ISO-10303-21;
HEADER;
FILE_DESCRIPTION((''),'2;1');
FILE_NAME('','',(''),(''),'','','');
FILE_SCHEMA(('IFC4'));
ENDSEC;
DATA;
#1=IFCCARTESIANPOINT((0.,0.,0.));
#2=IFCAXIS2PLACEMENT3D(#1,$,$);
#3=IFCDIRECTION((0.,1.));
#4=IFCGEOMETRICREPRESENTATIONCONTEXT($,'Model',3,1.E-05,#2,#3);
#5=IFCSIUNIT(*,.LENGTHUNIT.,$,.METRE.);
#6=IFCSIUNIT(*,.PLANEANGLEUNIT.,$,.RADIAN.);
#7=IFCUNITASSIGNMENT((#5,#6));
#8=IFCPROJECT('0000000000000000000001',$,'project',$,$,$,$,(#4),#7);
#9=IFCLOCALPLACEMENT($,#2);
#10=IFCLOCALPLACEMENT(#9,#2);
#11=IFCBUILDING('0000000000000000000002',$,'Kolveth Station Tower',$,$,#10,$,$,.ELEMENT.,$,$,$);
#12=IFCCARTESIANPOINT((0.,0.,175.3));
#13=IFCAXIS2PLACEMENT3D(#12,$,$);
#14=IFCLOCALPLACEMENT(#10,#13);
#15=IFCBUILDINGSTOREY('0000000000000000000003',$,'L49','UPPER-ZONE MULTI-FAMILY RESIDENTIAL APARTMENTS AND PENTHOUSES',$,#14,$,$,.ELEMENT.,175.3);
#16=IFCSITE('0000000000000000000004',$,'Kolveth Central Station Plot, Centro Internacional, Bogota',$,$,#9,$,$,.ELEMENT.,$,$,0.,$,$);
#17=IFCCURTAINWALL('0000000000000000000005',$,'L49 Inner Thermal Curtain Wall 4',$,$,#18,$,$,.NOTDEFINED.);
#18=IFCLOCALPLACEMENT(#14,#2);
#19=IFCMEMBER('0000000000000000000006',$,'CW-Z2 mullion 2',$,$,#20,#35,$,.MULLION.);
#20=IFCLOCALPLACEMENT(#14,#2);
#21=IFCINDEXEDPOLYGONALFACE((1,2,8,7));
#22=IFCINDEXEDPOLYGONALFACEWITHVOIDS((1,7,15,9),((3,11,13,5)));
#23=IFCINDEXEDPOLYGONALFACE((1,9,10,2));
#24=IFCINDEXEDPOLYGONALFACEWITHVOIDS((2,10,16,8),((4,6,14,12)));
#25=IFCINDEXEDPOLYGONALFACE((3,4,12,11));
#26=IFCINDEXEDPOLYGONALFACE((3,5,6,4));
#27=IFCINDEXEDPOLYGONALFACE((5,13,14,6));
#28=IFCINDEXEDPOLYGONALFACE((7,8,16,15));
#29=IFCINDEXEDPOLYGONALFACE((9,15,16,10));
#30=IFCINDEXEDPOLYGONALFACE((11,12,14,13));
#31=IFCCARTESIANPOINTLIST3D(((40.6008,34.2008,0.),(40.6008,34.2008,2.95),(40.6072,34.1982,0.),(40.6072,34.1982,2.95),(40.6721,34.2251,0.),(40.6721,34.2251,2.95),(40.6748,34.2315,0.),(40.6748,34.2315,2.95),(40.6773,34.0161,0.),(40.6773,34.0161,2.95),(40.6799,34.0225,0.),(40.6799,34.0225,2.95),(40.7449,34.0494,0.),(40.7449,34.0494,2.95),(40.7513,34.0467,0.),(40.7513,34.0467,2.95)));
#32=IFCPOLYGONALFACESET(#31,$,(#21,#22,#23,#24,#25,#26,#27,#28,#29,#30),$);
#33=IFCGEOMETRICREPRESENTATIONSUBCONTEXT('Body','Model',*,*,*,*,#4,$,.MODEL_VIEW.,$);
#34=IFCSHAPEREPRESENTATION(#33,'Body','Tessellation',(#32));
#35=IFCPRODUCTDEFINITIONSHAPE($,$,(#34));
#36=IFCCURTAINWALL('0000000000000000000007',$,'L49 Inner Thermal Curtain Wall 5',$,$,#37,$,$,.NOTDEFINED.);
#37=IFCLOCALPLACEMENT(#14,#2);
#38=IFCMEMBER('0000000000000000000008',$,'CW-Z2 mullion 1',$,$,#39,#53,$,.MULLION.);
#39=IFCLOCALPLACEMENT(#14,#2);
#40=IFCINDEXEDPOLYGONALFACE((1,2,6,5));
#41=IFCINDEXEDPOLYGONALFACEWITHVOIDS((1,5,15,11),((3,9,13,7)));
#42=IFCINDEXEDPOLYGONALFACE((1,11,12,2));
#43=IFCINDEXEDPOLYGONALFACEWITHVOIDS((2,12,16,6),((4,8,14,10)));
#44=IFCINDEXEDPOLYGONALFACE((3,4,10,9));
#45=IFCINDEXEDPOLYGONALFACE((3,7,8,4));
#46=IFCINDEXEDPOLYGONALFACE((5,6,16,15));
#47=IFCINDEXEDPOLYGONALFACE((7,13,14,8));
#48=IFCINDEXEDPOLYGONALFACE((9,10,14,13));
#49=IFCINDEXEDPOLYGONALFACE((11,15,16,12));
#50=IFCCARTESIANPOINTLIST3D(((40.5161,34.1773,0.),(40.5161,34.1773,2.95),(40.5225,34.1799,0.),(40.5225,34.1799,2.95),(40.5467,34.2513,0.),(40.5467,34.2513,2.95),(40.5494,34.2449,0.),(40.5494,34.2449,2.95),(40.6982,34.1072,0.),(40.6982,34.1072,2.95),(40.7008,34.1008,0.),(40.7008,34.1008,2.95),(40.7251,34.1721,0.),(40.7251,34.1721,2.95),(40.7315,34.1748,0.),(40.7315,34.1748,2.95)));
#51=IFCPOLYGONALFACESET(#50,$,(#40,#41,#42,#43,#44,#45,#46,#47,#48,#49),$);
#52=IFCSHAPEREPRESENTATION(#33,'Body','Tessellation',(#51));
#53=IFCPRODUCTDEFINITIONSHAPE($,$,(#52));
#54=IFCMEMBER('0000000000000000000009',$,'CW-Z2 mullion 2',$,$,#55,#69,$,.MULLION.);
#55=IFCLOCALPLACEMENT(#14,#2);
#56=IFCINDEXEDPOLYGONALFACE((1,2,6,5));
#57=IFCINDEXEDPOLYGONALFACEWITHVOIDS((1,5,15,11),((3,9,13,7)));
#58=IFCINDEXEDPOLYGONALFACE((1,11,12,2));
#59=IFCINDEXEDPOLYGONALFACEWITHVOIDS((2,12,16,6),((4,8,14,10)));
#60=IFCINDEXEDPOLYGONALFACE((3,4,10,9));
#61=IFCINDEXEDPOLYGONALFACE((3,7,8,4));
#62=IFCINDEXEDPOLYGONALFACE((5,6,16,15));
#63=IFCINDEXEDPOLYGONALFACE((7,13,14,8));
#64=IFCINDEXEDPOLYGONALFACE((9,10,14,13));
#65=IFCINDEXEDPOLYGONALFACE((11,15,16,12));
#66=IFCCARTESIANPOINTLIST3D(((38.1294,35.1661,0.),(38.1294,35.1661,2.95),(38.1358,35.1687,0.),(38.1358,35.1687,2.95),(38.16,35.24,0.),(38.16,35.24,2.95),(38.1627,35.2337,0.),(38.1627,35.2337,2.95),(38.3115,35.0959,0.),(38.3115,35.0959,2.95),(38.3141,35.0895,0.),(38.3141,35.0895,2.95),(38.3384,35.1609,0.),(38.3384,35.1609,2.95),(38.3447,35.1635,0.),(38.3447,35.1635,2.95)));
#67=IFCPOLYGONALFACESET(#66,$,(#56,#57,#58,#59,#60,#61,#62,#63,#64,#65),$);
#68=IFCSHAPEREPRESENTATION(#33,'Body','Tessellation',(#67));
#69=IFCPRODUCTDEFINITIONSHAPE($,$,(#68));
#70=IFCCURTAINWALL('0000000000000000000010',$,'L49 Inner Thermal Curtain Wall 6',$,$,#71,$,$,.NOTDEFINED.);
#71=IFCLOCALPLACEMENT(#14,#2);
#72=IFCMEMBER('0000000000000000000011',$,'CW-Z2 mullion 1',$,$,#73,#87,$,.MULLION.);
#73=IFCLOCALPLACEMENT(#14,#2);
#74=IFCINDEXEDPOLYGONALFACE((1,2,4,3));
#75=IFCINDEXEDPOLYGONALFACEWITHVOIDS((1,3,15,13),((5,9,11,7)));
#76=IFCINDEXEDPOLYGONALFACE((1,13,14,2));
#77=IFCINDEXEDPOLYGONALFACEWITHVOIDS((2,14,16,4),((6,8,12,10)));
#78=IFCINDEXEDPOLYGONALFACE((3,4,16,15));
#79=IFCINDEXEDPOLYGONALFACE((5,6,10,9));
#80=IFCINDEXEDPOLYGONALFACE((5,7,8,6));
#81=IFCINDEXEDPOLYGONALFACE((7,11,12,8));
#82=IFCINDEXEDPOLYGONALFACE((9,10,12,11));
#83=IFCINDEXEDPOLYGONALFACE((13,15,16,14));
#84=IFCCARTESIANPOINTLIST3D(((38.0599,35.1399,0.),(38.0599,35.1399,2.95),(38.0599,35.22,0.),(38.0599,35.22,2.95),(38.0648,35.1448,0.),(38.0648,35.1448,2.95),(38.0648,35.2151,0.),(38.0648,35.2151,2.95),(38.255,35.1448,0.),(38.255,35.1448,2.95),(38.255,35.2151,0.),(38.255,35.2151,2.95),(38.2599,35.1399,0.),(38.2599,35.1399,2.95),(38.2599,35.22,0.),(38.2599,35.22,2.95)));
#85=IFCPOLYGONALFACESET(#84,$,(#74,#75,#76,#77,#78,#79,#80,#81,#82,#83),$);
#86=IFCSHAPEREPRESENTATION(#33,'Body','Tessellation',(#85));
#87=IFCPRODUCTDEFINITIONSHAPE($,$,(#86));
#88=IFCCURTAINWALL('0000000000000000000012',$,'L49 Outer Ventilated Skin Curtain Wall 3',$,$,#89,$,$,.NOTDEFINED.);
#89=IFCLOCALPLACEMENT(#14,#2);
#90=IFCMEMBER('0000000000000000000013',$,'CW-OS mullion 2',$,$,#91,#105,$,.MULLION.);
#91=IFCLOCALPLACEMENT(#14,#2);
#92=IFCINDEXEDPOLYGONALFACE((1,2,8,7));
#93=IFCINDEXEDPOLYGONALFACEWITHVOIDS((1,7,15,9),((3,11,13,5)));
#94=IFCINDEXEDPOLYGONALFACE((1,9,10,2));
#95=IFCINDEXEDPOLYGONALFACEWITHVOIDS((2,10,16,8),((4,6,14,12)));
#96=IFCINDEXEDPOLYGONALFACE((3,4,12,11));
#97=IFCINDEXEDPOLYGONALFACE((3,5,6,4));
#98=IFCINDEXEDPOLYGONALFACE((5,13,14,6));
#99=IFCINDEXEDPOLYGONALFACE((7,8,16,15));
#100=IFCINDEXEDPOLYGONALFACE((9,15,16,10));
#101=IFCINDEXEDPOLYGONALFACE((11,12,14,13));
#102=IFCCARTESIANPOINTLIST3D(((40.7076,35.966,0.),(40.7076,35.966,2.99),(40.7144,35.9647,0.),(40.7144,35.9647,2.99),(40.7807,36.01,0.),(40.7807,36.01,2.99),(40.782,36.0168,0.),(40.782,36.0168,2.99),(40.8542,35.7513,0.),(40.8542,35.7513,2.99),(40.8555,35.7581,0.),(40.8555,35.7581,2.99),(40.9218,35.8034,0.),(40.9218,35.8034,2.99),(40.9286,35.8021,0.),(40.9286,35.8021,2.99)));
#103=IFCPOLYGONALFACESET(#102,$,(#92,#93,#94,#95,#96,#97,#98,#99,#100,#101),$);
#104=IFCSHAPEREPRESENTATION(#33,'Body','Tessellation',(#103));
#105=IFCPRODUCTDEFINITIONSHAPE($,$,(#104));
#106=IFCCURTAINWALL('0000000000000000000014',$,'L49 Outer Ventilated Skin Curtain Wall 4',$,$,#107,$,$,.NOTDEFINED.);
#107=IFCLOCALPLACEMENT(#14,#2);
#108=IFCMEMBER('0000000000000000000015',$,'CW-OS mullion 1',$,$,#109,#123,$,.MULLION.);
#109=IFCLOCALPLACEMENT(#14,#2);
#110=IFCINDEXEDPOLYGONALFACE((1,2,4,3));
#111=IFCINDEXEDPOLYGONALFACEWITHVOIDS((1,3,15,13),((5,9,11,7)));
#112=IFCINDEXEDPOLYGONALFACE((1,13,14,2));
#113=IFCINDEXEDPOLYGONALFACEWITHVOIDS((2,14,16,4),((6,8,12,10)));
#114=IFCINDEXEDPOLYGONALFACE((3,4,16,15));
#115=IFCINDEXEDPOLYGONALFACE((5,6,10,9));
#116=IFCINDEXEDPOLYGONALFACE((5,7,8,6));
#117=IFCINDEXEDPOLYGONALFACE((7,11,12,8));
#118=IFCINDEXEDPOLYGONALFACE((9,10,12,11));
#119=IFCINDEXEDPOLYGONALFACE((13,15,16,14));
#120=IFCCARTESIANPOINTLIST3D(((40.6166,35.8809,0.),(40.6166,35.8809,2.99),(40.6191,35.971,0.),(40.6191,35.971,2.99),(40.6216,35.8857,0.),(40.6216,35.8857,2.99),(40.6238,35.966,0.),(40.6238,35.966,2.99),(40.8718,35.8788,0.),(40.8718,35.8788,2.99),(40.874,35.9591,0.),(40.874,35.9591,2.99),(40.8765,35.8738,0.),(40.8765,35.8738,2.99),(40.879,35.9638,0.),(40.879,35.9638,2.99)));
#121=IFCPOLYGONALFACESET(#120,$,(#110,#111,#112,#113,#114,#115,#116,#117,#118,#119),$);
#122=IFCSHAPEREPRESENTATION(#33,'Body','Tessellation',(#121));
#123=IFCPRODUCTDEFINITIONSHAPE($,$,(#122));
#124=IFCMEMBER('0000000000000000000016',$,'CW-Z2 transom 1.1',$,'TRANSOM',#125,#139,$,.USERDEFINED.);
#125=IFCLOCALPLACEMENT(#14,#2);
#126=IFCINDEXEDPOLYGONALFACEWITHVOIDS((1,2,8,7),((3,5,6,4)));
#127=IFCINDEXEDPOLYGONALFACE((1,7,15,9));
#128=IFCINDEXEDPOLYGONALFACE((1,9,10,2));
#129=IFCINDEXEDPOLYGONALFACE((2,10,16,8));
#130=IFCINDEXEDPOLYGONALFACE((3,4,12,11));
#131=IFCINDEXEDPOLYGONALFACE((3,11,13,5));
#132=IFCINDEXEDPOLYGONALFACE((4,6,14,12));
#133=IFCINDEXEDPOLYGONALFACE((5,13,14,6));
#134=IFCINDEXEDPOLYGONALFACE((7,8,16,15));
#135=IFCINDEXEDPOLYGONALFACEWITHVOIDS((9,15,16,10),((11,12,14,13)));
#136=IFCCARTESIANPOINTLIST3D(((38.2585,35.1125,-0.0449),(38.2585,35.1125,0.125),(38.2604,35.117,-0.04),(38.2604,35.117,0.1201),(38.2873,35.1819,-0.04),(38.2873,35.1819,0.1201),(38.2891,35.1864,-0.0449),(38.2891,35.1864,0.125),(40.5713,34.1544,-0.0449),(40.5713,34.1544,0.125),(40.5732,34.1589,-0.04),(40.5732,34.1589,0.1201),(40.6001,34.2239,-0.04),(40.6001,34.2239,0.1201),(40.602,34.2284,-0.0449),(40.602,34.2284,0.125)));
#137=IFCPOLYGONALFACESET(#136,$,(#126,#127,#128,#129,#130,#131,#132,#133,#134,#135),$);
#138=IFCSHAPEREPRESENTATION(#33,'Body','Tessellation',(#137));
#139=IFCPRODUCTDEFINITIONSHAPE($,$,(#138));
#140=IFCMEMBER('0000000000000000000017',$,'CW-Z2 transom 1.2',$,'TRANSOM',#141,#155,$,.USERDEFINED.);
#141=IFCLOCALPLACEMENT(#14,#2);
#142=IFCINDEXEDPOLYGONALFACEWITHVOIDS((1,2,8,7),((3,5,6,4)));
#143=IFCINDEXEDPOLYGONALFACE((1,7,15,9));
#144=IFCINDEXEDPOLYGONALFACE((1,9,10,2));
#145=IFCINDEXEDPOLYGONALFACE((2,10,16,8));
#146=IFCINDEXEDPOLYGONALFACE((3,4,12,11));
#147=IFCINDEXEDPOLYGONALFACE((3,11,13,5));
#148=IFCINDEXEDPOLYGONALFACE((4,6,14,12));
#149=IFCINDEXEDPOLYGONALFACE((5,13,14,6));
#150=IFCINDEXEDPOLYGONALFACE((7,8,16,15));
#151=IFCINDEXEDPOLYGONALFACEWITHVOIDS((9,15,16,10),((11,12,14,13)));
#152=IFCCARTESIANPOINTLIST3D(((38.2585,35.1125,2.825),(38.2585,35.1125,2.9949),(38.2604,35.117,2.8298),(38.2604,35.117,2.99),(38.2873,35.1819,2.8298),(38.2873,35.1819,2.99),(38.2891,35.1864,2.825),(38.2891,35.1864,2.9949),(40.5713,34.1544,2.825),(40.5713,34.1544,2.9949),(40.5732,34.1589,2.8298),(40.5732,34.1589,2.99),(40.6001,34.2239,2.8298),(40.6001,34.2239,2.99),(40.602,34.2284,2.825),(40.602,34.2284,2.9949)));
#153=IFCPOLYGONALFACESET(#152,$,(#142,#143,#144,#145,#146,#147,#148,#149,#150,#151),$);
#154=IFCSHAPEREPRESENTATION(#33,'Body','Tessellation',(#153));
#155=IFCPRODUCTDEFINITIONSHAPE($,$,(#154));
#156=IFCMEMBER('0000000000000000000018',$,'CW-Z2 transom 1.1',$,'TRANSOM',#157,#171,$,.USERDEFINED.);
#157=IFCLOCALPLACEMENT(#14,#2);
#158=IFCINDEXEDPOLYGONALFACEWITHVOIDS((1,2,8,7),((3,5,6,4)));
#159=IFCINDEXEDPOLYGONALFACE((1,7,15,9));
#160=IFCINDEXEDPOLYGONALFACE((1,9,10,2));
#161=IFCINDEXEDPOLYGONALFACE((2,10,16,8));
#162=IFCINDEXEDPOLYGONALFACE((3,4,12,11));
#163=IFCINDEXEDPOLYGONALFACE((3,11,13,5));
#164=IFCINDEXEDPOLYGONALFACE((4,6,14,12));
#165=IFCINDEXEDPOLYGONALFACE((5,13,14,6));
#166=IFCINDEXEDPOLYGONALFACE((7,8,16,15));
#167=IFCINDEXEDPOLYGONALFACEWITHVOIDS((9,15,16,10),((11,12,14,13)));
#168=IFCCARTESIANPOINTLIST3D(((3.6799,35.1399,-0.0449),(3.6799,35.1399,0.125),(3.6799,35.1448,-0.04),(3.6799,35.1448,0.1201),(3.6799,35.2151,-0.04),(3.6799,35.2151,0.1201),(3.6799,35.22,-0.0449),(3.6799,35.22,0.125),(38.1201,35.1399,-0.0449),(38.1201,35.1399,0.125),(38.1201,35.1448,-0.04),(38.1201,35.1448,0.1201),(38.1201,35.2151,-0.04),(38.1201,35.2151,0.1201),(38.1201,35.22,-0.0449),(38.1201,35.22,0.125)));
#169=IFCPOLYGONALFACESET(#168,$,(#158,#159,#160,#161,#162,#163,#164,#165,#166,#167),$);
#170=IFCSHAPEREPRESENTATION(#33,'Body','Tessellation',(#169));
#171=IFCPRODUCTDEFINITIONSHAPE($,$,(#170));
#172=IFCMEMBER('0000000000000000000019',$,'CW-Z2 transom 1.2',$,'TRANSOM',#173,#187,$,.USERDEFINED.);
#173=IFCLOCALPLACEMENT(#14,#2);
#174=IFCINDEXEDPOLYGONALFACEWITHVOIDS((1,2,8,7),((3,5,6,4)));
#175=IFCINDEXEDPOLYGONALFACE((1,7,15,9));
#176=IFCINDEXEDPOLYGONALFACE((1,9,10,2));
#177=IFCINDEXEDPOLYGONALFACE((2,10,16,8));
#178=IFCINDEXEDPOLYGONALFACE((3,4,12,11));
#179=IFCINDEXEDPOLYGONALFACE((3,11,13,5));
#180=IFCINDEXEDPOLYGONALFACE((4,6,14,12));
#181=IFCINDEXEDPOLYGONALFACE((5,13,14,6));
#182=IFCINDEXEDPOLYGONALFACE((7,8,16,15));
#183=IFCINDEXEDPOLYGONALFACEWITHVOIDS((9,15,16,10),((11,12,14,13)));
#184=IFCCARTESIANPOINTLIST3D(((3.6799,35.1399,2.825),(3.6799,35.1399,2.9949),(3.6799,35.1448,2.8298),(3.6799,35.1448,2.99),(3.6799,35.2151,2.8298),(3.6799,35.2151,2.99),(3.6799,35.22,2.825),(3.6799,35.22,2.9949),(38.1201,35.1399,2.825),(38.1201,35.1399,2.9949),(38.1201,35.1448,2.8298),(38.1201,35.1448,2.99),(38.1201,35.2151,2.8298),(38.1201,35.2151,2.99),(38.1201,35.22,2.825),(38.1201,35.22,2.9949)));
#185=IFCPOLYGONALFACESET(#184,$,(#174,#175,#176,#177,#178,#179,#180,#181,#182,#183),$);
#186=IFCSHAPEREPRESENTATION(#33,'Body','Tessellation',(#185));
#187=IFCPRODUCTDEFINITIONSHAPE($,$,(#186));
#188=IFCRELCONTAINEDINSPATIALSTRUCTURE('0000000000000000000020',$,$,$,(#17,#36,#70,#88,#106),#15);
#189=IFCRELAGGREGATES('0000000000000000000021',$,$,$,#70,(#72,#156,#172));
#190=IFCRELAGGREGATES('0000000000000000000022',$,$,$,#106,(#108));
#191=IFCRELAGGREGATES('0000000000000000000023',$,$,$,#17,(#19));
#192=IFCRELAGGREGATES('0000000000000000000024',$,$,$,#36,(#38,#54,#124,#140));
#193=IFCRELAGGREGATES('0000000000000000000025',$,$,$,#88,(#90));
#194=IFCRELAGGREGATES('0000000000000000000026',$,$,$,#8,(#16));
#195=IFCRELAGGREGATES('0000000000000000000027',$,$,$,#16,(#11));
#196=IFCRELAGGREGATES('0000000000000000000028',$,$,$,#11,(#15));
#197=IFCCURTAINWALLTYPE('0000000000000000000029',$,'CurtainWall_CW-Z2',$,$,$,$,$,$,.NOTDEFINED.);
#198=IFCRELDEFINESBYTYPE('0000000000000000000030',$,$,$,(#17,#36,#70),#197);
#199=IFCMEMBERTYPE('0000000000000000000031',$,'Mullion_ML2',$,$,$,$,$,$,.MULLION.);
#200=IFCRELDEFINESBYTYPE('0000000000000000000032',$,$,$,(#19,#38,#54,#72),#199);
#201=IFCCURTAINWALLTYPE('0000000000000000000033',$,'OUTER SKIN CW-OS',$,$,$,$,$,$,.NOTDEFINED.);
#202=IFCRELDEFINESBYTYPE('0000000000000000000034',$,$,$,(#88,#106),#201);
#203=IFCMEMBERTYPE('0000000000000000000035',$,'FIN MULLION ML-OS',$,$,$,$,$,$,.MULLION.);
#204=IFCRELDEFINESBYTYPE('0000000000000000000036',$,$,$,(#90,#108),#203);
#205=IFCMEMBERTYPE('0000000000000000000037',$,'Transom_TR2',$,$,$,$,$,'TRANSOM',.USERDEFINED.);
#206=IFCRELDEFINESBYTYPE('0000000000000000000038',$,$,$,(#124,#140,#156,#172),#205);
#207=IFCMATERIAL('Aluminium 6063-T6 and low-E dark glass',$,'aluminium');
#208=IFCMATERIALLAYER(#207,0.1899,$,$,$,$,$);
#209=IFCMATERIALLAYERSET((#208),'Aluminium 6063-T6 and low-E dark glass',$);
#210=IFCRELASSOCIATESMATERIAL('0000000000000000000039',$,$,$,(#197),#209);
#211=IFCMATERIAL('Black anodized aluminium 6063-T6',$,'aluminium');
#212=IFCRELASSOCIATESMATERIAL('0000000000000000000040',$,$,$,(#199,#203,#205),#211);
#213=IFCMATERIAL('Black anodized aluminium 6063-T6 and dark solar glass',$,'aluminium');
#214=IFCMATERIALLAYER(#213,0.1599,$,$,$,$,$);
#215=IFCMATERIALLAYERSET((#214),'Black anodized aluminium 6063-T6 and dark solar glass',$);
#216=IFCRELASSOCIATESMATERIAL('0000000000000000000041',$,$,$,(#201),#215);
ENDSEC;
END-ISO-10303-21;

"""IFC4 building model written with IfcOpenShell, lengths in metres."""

from ifc_helpers import new_model, si_unit, direction, frame, origin, origin_2d, place, context, subcontext, project, spatial, hollow_rectangle, extrude, source, transform, mapped, material, layer, layer_set, material_profile, profile_set, type_object, element, aggregate, save


model = new_model("IFC4")

# Units and contexts
model_context = context("Model", 3, precision=1e-05, world=origin(), true_north=direction((0.0, 1.0)))
body_context = subcontext(model_context, "Body", "Model", "MODEL_VIEW")
ifc_project = project(units=[si_unit("LENGTHUNIT", "METRE"), si_unit("PLANEANGLEUNIT", "RADIAN")], contexts=[model_context])

# Site, building, storey
site_placement = place(None, origin())
site = spatial("IfcSite", under=ifc_project, at=site_placement, Name="Kolveth Central Station Plot, Centro Internacional, Bogota", CompositionType="ELEMENT", RefElevation=0.0)
building_placement = place(site_placement, origin())
building = spatial("IfcBuilding", under=site, at=building_placement, Name="Kolveth Station Tower", CompositionType="ELEMENT")
storey_placement = place(building_placement, frame((0.0, 0.0, 175.3)))
storey = spatial("IfcBuildingStorey", under=building, at=storey_placement, Name="L49", Description="UPPER-ZONE MULTI-FAMILY RESIDENTIAL APARTMENTS AND PENTHOUSES", CompositionType="ELEMENT", Elevation=175.3)

# Curtain wall, member
ifc_material_1 = material(Name="Aluminium 6063-T6 and low-E dark glass", Category="aluminium")
ifc_layer_1 = layer(ifc_material_1, 0.1899)
ifc_layer_set_1 = layer_set([ifc_layer_1], Name="Aluminium 6063-T6 and low-E dark glass")
curtain_wall_type_1 = type_object("IfcCurtainWallType", Name="CurtainWall_CW-Z2", PredefinedType="NOTDEFINED", material=ifc_layer_set_1)
curtain_wall_1_placement = place(storey_placement, origin())
curtain_wall_1 = element("IfcCurtainWall", 1, at=curtain_wall_1_placement, inside=storey, type_object=curtain_wall_type_1, Name="L49 Inner Thermal Curtain Wall 4", PredefinedType="NOTDEFINED")
ifc_material_2 = material(Name="Black anodized aluminium 6063-T6", Category="aluminium")
ifc_material_profile_1 = material_profile(ifc_material_2, hollow_rectangle(XDim=0.0801, YDim=0.2, WallThickness=0.0049, at=origin_2d()), Name="ALU-80x200x5")
ifc_profile_set_1 = profile_set([ifc_material_profile_1], Name="Black anodized aluminium 6063-T6")
member_type_1 = type_object("IfcMemberType", Name="Mullion_ML2", PredefinedType="MULLION", material=ifc_profile_set_1)
shared_shape_1 = source(origin(), body_context, "Body", "SweptSolid", [
    extrude(hollow_rectangle(XDim=0.0801, YDim=0.2, WallThickness=0.0049, at=origin_2d()), origin(), (0.0, 0.0, 1.0), 2.95),
])
member_1_placement = place(storey_placement, frame((40.676, 34.1238, 0.0), z_axis=(0.0, 0.0, 1.0), x_axis=(-0.923874, -0.382698, 0.0)))
member_1 = element("IfcMember", 2, at=member_1_placement, type_object=member_type_1, Name="CW-Z2 mullion 2", PredefinedType="MULLION", context=body_context, shape_type="MappedRepresentation", body=[
    mapped(shared_shape_1, transform((0.0, 0.0, 0.0), x_axis=(1.0, 0.0, 0.0), y_axis=(0.0, 1.0, 0.0), z_axis=(0.0, 0.0, 1.0), scale=1.0)),
])

# Curtain wall, members
curtain_wall_2_placement = place(storey_placement, origin())
curtain_wall_2 = element("IfcCurtainWall", 3, at=curtain_wall_2_placement, inside=storey, type_object=curtain_wall_type_1, Name="L49 Inner Thermal Curtain Wall 5", PredefinedType="NOTDEFINED")
member_2_placement = place(storey_placement, frame((40.6238, 34.176, 0.0), z_axis=(0.0, 0.0, 1.0), x_axis=(-0.382698, -0.923874, 0.0)))
member_2 = element("IfcMember", 4, at=member_2_placement, type_object=member_type_1, Name="CW-Z2 mullion 1", PredefinedType="MULLION", context=body_context, shape_type="MappedRepresentation", body=[
    mapped(shared_shape_1, transform((0.0, 0.0, 0.0), x_axis=(1.0, 0.0, 0.0), y_axis=(0.0, 1.0, 0.0), z_axis=(0.0, 0.0, 1.0), scale=1.0)),
])
member_3_placement = place(storey_placement, frame((38.2371, 35.1648, 0.0), z_axis=(0.0, 0.0, 1.0), x_axis=(-0.382698, -0.923874, 0.0)))
member_3 = element("IfcMember", 5, at=member_3_placement, type_object=member_type_1, Name="CW-Z2 mullion 2", PredefinedType="MULLION", context=body_context, shape_type="MappedRepresentation", body=[
    mapped(shared_shape_1, transform((0.0, 0.0, 0.0), x_axis=(1.0, 0.0, 0.0), y_axis=(0.0, 1.0, 0.0), z_axis=(0.0, 0.0, 1.0), scale=1.0)),
])

# Curtain walls, members
curtain_wall_3_placement = place(storey_placement, origin())
curtain_wall_3 = element("IfcCurtainWall", 6, at=curtain_wall_3_placement, inside=storey, type_object=curtain_wall_type_1, Name="L49 Inner Thermal Curtain Wall 6", PredefinedType="NOTDEFINED")
member_4_placement = place(storey_placement, frame((38.1599, 35.1799, 0.0), z_axis=(0.0, 0.0, 1.0), x_axis=(0.0, -1.0, 0.0)))
member_4 = element("IfcMember", 7, at=member_4_placement, type_object=member_type_1, Name="CW-Z2 mullion 1", PredefinedType="MULLION", context=body_context, shape_type="MappedRepresentation", body=[
    mapped(shared_shape_1, transform((0.0, 0.0, 0.0), x_axis=(1.0, 0.0, 0.0), y_axis=(0.0, 1.0, 0.0), z_axis=(0.0, 0.0, 1.0), scale=1.0)),
])
ifc_material_3 = material(Name="Black anodized aluminium 6063-T6 and dark solar glass", Category="aluminium")
ifc_layer_2 = layer(ifc_material_3, 0.1599)
ifc_layer_set_2 = layer_set([ifc_layer_2], Name="Black anodized aluminium 6063-T6 and dark solar glass")
curtain_wall_type_2 = type_object("IfcCurtainWallType", Name="OUTER SKIN CW-OS", PredefinedType="NOTDEFINED", material=ifc_layer_set_2)
curtain_wall_4_placement = place(storey_placement, origin())
curtain_wall_4 = element("IfcCurtainWall", 8, at=curtain_wall_4_placement, inside=storey, type_object=curtain_wall_type_2, Name="L49 Outer Ventilated Skin Curtain Wall 3", PredefinedType="NOTDEFINED")
ifc_material_profile_2 = material_profile(ifc_material_2, hollow_rectangle(XDim=0.0901, YDim=0.26, WallThickness=0.0049, at=origin_2d()), Name="ALU-90x260x5")
ifc_profile_set_2 = profile_set([ifc_material_profile_2], Name="Black anodized aluminium 6063-T6")
member_type_2 = type_object("IfcMemberType", Name="FIN MULLION ML-OS", PredefinedType="MULLION", material=ifc_profile_set_2)
shared_shape_2 = source(origin(), body_context, "Body", "SweptSolid", [
    extrude(hollow_rectangle(XDim=0.0901, YDim=0.26, WallThickness=0.0049, at=origin_2d()), origin(), (0.0, 0.0, 1.0), 2.99),
])
member_5_placement = place(storey_placement, frame((40.8181, 35.884, 0.0), z_axis=(0.0, 0.0, 1.0), x_axis=(-0.825798, -0.563966, 0.0)))
member_5 = element("IfcMember", 9, at=member_5_placement, type_object=member_type_2, Name="CW-OS mullion 2", PredefinedType="MULLION", context=body_context, shape_type="MappedRepresentation", body=[
    mapped(shared_shape_2, transform((0.0, 0.0, 0.0), x_axis=(1.0, 0.0, 0.0), y_axis=(0.0, 1.0, 0.0), z_axis=(0.0, 0.0, 1.0), scale=1.0)),
])
curtain_wall_5_placement = place(storey_placement, origin())
curtain_wall_5 = element("IfcCurtainWall", 10, at=curtain_wall_5_placement, inside=storey, type_object=curtain_wall_type_2, Name="L49 Outer Ventilated Skin Curtain Wall 4", PredefinedType="NOTDEFINED")
member_6_placement = place(storey_placement, frame((40.7478, 35.9224, 0.0), z_axis=(0.0, 0.0, 1.0), x_axis=(-0.027551, -0.99962, 0.0)))
member_6 = element("IfcMember", 11, at=member_6_placement, type_object=member_type_2, Name="CW-OS mullion 1", PredefinedType="MULLION", context=body_context, shape_type="MappedRepresentation", body=[
    mapped(shared_shape_2, transform((0.0, 0.0, 0.0), x_axis=(1.0, 0.0, 0.0), y_axis=(0.0, 1.0, 0.0), z_axis=(0.0, 0.0, 1.0), scale=1.0)),
])

# Members
ifc_material_profile_3 = material_profile(ifc_material_2, hollow_rectangle(XDim=0.0801, YDim=0.1699, WallThickness=0.0049, at=origin_2d()), Name="ALU-80x170x5")
ifc_profile_set_3 = profile_set([ifc_material_profile_3], Name="Black anodized aluminium 6063-T6")
member_type_3 = type_object("IfcMemberType", Name="Transom_TR2", ElementType="TRANSOM", PredefinedType="USERDEFINED", material=ifc_profile_set_3)
shared_shape_3 = source(origin(), body_context, "Body", "SweptSolid", [
    extrude(hollow_rectangle(XDim=0.0801, YDim=0.1699, WallThickness=0.0049, at=origin_2d()), origin(), (0.0, 0.0, 1.0), 2.5034),
])
member_7_placement = place(storey_placement, frame((40.5867, 34.1914, 0.04), z_axis=(-0.923874, 0.382696, 0.0), x_axis=(-0.382696, -0.923874, 0.0)))
member_7 = element("IfcMember", 12, at=member_7_placement, type_object=member_type_3, Name="CW-Z2 transom 1.1", ObjectType="TRANSOM", PredefinedType="USERDEFINED", context=body_context, shape_type="MappedRepresentation", body=[
    mapped(shared_shape_3, transform((0.0, 0.0, 0.0), x_axis=(1.0, 0.0, 0.0), y_axis=(0.0, 1.0, 0.0), z_axis=(0.0, 0.0, 1.0), scale=1.0)),
])
member_8_placement = place(storey_placement, frame((40.5867, 34.1914, 2.9099), z_axis=(-0.923874, 0.382696, 0.0), x_axis=(-0.382696, -0.923874, 0.0)))
member_8 = element("IfcMember", 13, at=member_8_placement, type_object=member_type_3, Name="CW-Z2 transom 1.2", ObjectType="TRANSOM", PredefinedType="USERDEFINED", context=body_context, shape_type="MappedRepresentation", body=[
    mapped(shared_shape_3, transform((0.0, 0.0, 0.0), x_axis=(1.0, 0.0, 0.0), y_axis=(0.0, 1.0, 0.0), z_axis=(0.0, 0.0, 1.0), scale=1.0)),
])
shared_shape_4 = source(origin(), body_context, "Body", "SweptSolid", [
    extrude(hollow_rectangle(XDim=0.0801, YDim=0.1699, WallThickness=0.0049, at=origin_2d()), origin(), (0.0, 0.0, 1.0), 34.4402),
])
member_9_placement = place(storey_placement, frame((38.1201, 35.1799, 0.04), z_axis=(-1.0, 0.0, 0.0), x_axis=(0.0, -1.0, 0.0)))
member_9 = element("IfcMember", 14, at=member_9_placement, type_object=member_type_3, Name="CW-Z2 transom 1.1", ObjectType="TRANSOM", PredefinedType="USERDEFINED", context=body_context, shape_type="MappedRepresentation", body=[
    mapped(shared_shape_4, transform((0.0, 0.0, 0.0), x_axis=(1.0, 0.0, 0.0), y_axis=(0.0, 1.0, 0.0), z_axis=(0.0, 0.0, 1.0), scale=1.0)),
])
member_10_placement = place(storey_placement, frame((38.1201, 35.1799, 2.9099), z_axis=(-1.0, 0.0, 0.0), x_axis=(0.0, -1.0, 0.0)))
member_10 = element("IfcMember", 15, at=member_10_placement, type_object=member_type_3, Name="CW-Z2 transom 1.2", ObjectType="TRANSOM", PredefinedType="USERDEFINED", context=body_context, shape_type="MappedRepresentation", body=[
    mapped(shared_shape_4, transform((0.0, 0.0, 0.0), x_axis=(1.0, 0.0, 0.0), y_axis=(0.0, 1.0, 0.0), z_axis=(0.0, 0.0, 1.0), scale=1.0)),
])
aggregate(curtain_wall_3, [member_4, member_9, member_10])
aggregate(curtain_wall_5, [member_6])

aggregate(curtain_wall_1, [member_1])
aggregate(curtain_wall_2, [member_2, member_3, member_7, member_8])
aggregate(curtain_wall_4, [member_5])

save(model, "model.ifc")
